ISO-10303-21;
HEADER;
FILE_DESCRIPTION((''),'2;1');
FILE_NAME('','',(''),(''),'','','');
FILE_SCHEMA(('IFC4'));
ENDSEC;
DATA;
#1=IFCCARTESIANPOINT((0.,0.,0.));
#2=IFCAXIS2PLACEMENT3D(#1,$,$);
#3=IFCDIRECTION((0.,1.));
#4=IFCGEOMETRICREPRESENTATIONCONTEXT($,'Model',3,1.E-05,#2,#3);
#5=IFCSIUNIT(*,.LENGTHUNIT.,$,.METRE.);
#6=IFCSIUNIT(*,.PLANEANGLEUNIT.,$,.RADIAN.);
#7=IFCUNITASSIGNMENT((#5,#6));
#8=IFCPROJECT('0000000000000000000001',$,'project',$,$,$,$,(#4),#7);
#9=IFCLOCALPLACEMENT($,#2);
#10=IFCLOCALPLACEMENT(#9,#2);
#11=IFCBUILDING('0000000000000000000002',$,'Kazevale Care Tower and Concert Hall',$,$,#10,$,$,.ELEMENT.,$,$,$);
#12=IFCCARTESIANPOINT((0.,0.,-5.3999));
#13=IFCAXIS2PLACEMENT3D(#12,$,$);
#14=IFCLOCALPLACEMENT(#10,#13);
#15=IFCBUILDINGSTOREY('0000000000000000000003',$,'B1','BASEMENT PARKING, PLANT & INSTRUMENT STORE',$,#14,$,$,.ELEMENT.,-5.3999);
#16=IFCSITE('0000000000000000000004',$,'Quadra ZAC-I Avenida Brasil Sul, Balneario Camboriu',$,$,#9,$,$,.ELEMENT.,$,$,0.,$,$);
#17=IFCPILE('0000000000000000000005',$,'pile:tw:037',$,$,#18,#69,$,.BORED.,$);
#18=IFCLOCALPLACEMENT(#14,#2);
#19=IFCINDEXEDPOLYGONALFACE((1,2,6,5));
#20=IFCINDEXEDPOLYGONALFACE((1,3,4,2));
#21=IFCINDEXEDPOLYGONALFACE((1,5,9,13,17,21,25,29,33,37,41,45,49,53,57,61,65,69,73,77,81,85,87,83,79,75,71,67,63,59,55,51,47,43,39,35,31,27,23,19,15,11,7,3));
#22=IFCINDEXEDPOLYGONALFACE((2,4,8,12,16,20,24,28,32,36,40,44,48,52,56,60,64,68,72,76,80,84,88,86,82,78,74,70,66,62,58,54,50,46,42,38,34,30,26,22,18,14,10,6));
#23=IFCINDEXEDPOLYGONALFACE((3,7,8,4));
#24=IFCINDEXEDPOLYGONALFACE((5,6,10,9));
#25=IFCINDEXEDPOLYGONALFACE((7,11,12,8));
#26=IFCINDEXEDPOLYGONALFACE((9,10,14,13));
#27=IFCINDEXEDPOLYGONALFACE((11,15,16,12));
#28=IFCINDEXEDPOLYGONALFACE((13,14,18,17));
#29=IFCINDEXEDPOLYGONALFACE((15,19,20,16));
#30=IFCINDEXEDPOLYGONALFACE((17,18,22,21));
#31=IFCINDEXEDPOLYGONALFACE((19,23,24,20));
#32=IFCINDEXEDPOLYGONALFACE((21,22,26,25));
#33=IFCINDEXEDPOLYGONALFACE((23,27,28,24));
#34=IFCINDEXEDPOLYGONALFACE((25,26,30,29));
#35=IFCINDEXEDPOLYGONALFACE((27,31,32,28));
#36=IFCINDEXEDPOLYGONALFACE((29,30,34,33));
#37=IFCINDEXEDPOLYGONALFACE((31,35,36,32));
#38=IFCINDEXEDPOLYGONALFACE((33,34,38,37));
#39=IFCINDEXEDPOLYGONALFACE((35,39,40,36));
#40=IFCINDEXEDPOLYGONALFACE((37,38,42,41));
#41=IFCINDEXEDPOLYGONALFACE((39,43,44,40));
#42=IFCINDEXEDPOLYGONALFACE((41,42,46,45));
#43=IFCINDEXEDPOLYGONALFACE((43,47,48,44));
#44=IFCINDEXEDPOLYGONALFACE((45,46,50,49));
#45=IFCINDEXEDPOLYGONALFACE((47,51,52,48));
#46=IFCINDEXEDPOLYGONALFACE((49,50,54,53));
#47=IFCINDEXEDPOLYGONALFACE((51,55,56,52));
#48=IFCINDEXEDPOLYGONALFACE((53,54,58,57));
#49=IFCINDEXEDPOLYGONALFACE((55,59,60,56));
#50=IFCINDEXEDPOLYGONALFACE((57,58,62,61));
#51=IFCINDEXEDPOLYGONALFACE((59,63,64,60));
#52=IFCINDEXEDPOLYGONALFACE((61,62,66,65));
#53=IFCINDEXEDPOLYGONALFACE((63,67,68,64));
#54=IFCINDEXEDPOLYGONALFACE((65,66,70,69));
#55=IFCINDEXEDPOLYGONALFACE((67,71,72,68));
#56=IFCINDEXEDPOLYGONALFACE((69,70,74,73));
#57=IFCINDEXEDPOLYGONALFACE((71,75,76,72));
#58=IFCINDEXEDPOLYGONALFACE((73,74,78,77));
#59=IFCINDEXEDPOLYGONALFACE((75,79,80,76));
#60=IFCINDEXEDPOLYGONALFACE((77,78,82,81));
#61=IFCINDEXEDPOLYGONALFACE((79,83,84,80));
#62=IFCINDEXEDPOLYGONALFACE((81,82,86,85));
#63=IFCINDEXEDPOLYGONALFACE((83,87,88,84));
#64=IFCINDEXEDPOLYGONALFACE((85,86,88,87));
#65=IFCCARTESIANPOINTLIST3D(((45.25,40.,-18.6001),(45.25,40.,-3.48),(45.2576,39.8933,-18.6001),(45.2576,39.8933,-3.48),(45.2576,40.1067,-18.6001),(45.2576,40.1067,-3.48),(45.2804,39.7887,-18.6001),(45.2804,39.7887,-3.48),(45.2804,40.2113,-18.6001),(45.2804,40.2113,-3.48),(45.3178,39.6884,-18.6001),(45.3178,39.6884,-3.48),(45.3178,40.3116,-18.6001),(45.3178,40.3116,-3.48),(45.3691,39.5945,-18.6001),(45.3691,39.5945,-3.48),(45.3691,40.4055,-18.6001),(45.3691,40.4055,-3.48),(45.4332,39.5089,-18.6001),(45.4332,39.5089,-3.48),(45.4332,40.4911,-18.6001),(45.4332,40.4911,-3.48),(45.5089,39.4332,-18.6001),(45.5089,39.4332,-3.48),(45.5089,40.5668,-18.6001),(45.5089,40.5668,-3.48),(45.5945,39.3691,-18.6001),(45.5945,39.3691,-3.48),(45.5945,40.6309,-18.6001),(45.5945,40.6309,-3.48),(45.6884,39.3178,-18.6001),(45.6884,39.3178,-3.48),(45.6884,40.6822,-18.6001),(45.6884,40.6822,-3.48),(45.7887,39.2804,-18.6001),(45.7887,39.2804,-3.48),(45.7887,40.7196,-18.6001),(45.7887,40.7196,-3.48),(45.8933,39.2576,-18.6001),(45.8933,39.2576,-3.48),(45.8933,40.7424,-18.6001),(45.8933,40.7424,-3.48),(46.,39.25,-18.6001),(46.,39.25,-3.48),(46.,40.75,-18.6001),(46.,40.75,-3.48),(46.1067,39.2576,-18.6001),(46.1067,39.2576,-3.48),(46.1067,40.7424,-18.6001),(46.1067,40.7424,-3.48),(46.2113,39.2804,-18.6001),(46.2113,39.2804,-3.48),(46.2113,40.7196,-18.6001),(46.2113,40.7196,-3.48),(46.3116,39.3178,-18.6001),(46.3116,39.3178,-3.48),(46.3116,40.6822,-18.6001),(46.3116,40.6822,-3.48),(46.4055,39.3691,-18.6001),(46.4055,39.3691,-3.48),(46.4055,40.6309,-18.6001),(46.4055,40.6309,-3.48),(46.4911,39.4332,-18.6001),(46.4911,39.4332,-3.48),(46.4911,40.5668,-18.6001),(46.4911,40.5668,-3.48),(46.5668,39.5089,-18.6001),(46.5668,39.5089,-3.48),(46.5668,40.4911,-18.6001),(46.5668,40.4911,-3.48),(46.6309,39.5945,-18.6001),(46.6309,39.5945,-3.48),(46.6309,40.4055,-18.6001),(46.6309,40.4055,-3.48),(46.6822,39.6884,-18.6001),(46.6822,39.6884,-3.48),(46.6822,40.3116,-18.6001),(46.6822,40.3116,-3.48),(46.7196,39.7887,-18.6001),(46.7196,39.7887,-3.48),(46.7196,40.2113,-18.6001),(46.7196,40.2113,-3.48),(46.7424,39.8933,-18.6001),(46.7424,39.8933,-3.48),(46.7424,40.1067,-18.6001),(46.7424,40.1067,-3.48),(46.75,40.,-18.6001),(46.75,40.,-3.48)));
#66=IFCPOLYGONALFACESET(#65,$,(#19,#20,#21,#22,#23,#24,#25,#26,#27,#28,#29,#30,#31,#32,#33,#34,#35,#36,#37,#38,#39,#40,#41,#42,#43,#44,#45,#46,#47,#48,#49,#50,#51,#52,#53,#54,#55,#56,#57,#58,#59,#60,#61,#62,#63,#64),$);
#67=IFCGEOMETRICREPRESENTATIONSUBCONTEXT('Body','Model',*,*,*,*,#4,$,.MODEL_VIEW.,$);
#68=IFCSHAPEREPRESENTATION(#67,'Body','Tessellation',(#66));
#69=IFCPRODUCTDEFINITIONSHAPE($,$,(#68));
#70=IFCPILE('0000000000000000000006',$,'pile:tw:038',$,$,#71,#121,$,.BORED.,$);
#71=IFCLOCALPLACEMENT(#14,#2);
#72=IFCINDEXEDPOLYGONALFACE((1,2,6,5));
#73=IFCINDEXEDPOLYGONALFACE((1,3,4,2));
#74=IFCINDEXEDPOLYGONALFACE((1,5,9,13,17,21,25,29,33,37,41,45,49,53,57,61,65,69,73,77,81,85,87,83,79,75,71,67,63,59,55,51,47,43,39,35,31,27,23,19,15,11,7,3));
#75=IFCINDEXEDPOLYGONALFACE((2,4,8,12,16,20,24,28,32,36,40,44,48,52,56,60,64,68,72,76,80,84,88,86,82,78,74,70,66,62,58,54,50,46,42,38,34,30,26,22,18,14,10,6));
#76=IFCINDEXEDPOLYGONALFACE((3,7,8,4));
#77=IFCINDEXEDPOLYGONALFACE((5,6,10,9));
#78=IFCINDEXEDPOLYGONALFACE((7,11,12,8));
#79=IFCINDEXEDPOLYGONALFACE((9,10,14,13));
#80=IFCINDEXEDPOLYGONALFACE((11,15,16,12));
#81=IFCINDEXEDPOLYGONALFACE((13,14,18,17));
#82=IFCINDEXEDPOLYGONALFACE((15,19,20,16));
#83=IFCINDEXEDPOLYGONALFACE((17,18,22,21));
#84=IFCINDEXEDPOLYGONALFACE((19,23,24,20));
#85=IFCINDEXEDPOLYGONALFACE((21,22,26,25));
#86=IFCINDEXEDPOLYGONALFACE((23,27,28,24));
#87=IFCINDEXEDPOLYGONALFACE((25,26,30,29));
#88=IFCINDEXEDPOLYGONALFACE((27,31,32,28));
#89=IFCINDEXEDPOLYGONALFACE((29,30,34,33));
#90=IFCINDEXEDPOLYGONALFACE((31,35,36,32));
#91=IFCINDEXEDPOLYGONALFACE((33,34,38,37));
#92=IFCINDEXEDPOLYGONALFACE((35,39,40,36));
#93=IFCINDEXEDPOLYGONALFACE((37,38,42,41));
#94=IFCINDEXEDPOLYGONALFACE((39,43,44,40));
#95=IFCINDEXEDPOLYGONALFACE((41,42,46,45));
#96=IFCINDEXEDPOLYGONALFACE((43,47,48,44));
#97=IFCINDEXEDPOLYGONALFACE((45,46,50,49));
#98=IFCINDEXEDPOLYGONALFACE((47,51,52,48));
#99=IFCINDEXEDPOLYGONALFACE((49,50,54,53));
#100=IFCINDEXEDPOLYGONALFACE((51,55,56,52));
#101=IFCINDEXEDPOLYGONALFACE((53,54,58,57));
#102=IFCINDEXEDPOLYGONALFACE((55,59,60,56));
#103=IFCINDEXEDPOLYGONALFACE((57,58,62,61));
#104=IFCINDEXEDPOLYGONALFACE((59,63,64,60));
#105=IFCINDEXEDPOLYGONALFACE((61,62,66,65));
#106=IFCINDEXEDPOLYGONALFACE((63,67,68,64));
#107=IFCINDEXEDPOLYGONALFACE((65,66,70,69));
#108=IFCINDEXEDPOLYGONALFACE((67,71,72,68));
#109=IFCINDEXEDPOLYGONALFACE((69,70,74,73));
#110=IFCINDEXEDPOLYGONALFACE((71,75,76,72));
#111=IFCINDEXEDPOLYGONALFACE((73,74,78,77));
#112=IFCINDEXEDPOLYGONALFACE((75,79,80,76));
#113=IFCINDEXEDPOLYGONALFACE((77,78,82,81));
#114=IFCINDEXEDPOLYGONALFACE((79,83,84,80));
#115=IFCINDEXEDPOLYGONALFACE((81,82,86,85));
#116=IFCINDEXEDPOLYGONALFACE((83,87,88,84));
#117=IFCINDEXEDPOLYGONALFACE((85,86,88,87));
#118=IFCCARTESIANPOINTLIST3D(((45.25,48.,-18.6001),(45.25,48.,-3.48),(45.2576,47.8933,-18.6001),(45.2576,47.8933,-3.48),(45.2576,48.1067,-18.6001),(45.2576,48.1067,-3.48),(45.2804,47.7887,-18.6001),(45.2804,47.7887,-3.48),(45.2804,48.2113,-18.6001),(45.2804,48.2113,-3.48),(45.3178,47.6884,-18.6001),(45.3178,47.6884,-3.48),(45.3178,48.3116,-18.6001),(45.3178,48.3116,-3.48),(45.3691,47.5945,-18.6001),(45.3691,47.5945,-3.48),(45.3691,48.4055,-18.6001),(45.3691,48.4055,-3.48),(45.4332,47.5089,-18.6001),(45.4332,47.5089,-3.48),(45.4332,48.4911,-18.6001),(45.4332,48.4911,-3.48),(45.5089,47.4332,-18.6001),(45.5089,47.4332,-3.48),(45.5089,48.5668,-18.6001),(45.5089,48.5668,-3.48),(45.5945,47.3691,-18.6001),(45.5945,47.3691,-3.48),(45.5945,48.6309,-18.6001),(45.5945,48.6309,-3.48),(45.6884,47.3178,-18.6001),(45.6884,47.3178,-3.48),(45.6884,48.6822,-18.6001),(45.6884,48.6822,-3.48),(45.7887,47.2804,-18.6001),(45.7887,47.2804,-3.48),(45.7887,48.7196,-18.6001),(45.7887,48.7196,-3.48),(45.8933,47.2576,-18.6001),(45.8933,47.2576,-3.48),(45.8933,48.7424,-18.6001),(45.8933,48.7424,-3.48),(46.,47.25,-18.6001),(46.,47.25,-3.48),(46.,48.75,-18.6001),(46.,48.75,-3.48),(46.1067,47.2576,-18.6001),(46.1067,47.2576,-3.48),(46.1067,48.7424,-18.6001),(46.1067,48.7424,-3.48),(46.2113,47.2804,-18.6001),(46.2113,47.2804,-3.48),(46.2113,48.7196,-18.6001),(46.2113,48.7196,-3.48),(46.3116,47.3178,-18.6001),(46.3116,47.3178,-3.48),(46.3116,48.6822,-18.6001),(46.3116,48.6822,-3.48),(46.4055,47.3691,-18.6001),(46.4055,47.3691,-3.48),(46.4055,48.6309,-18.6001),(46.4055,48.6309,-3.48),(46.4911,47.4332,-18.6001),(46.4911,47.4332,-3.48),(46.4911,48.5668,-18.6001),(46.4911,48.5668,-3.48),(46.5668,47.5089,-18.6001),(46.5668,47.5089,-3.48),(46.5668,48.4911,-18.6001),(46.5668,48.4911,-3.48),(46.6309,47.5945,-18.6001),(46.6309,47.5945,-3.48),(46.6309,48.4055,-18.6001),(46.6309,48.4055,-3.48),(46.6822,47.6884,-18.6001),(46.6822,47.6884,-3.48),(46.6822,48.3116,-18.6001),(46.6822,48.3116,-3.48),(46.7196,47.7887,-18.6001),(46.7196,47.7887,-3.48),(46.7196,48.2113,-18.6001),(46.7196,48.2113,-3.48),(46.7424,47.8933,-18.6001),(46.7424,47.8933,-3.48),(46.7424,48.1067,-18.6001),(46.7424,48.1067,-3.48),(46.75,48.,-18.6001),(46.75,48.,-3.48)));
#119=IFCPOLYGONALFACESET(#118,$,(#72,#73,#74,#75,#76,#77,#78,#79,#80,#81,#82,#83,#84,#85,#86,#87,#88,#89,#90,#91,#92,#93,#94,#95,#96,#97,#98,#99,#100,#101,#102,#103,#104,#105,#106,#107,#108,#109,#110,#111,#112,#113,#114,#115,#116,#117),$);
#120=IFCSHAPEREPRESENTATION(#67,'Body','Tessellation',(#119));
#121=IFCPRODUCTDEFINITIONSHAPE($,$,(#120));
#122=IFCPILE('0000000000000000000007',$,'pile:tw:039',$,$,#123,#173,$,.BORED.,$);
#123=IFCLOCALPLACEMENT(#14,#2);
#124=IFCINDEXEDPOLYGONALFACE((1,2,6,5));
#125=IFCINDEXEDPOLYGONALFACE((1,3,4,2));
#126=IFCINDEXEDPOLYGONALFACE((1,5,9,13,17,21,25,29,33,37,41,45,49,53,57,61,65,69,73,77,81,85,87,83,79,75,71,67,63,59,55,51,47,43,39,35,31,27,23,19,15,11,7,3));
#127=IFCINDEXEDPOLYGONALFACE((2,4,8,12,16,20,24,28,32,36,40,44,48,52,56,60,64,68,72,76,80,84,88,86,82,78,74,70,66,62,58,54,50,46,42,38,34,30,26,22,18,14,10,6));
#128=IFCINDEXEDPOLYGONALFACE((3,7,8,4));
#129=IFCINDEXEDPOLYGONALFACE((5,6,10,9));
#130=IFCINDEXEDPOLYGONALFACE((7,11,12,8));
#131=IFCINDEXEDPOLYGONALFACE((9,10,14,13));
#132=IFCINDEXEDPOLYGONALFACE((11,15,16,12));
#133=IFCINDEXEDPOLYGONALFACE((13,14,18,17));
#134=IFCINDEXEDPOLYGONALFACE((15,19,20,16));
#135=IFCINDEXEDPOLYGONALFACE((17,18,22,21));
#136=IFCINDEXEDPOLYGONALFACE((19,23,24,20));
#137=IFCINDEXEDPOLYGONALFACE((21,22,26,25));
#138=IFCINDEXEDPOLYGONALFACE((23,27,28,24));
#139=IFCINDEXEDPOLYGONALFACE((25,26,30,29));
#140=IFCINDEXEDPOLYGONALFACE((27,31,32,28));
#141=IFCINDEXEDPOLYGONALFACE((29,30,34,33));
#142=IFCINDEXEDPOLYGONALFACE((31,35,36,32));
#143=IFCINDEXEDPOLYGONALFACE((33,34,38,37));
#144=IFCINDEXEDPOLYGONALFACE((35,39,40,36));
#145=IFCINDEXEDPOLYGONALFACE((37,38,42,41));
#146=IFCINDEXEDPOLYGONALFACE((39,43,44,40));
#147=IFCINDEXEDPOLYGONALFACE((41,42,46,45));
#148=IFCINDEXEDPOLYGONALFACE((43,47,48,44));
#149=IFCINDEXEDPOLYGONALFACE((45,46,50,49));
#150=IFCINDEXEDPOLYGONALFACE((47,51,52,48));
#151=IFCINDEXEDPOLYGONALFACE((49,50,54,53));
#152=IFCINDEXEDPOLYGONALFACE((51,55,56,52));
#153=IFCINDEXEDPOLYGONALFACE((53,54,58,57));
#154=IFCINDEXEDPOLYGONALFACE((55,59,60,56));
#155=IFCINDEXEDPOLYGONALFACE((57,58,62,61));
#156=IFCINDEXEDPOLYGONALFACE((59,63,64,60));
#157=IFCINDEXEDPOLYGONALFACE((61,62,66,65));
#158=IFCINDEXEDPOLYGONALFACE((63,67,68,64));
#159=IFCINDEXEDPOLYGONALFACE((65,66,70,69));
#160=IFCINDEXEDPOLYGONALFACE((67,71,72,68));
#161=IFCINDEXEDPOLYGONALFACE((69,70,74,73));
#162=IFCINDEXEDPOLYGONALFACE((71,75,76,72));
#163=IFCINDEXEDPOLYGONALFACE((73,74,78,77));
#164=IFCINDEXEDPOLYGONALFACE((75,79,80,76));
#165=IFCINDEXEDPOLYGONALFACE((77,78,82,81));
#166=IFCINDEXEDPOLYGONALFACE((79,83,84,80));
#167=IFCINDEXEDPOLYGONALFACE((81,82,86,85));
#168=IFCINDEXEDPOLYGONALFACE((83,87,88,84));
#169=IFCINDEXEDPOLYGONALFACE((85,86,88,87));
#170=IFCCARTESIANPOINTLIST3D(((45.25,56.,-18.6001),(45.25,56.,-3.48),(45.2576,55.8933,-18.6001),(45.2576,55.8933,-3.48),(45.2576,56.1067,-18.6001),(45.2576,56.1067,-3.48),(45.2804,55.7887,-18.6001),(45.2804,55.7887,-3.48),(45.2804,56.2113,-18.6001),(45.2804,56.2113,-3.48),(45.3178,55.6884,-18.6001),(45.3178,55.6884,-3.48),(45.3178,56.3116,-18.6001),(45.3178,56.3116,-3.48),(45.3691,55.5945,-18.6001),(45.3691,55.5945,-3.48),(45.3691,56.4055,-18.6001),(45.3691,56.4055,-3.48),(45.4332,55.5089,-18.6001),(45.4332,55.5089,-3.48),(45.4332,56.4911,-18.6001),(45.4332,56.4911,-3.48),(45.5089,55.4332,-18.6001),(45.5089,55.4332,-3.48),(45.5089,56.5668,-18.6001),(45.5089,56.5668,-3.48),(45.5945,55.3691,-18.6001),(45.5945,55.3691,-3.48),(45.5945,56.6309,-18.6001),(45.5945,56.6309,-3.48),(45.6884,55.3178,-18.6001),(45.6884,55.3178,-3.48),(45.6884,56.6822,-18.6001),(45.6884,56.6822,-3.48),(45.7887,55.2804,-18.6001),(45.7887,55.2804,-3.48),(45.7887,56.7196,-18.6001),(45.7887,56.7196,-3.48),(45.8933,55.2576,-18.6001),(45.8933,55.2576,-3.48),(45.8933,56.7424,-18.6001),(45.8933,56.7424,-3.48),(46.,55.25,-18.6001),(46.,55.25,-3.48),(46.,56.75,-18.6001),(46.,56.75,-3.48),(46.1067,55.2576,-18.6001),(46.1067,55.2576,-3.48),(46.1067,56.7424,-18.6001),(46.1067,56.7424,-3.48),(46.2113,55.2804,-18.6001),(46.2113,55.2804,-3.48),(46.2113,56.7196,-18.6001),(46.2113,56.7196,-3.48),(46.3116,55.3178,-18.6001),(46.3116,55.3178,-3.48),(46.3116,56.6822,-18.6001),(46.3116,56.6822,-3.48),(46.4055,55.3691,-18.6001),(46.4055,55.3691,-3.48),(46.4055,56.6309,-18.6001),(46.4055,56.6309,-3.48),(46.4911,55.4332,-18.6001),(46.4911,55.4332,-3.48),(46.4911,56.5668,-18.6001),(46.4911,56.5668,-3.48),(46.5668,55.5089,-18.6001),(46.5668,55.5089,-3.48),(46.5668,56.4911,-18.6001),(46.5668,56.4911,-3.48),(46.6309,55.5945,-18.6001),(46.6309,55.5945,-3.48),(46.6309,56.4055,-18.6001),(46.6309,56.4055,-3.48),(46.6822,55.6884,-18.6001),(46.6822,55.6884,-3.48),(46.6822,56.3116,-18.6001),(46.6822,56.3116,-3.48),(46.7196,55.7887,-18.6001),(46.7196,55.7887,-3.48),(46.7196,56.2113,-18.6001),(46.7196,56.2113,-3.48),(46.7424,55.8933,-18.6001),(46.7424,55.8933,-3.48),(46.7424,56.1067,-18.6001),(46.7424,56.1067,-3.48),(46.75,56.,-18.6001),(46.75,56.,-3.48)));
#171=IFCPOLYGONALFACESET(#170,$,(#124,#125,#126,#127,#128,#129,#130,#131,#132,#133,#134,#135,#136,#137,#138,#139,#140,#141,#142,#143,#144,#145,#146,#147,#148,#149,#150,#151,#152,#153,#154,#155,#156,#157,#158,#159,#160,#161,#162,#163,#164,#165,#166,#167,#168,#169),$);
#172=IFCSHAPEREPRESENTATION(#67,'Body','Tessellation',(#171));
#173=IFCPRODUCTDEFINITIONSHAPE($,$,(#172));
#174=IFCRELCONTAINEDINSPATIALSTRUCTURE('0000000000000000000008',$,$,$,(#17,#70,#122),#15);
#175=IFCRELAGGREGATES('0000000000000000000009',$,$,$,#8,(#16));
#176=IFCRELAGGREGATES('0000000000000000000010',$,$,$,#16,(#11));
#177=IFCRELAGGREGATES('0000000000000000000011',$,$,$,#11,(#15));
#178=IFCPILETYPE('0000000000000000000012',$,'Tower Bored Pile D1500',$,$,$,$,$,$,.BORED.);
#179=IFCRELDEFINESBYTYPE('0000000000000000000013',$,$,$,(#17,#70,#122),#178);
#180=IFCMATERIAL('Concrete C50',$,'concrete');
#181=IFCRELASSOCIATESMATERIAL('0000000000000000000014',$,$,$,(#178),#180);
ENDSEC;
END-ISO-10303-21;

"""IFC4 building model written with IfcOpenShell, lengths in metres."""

from ifc_helpers import new_model, si_unit, direction, frame, origin, origin_2d, place, context, subcontext, project, spatial, circle, extrude, material, material_profile, profile_set, type_object, element, save


model = new_model("IFC4")

# Units and contexts
model_context = context("Model", 3, precision=1e-05, world=origin(), true_north=direction((0.0, 1.0)))
body_context = subcontext(model_context, "Body", "Model", "MODEL_VIEW")
ifc_project = project(units=[si_unit("LENGTHUNIT", "METRE"), si_unit("PLANEANGLEUNIT", "RADIAN")], contexts=[model_context])

# Site, building, storey
site_placement = place(None, origin())
site = spatial("IfcSite", under=ifc_project, at=site_placement, Name="Quadra ZAC-I Avenida Brasil Sul, Balneario Camboriu", CompositionType="ELEMENT", RefElevation=0.0)
building_placement = place(site_placement, origin())
building = spatial("IfcBuilding", under=site, at=building_placement, Name="Kazevale Care Tower and Concert Hall", CompositionType="ELEMENT")
storey_placement = place(building_placement, frame((0.0, 0.0, -5.3999)))
storey = spatial("IfcBuildingStorey", under=building, at=storey_placement, Name="B1", Description="BASEMENT PARKING, PLANT & INSTRUMENT STORE", CompositionType="ELEMENT", Elevation=-5.3999)

# Piles
ifc_material_1 = material(Name="Concrete C50", Category="concrete")
ifc_material_profile_1 = material_profile(ifc_material_1, circle(Radius=0.75, at=origin_2d()), Name="PILE-D1500")
ifc_profile_set_1 = profile_set([ifc_material_profile_1], Name="Concrete C50")
pile_type = type_object("IfcPileType", Name="Tower Bored Pile D1500", PredefinedType="BORED", material=ifc_profile_set_1)
for number, where, z_axis, x_axis, name in (
    (1, (46.0, 40.0, -3.48), (0.0, 0.0, -1.0), (1.0, 0.0, 0.0), "pile:tw:037"),
    (2, (46.0, 48.0, -3.48), (0.0, 0.0, -1.0), (1.0, 0.0, 0.0), "pile:tw:038"),
    (3, (46.0, 56.0, -3.48), (0.0, 0.0, -1.0), (1.0, 0.0, 0.0), "pile:tw:039"),
):
    element("IfcPile", number, at=place(storey_placement, frame(where, z_axis=z_axis, x_axis=x_axis)), inside=storey, type_object=pile_type, Name=name, PredefinedType="BORED", context=body_context, shape_type="SweptSolid", body=[
        extrude(circle(Radius=0.75, at=origin_2d()), origin(), (0.0, 0.0, 1.0), 15.1201),
    ])

save(model, "model.ifc")
